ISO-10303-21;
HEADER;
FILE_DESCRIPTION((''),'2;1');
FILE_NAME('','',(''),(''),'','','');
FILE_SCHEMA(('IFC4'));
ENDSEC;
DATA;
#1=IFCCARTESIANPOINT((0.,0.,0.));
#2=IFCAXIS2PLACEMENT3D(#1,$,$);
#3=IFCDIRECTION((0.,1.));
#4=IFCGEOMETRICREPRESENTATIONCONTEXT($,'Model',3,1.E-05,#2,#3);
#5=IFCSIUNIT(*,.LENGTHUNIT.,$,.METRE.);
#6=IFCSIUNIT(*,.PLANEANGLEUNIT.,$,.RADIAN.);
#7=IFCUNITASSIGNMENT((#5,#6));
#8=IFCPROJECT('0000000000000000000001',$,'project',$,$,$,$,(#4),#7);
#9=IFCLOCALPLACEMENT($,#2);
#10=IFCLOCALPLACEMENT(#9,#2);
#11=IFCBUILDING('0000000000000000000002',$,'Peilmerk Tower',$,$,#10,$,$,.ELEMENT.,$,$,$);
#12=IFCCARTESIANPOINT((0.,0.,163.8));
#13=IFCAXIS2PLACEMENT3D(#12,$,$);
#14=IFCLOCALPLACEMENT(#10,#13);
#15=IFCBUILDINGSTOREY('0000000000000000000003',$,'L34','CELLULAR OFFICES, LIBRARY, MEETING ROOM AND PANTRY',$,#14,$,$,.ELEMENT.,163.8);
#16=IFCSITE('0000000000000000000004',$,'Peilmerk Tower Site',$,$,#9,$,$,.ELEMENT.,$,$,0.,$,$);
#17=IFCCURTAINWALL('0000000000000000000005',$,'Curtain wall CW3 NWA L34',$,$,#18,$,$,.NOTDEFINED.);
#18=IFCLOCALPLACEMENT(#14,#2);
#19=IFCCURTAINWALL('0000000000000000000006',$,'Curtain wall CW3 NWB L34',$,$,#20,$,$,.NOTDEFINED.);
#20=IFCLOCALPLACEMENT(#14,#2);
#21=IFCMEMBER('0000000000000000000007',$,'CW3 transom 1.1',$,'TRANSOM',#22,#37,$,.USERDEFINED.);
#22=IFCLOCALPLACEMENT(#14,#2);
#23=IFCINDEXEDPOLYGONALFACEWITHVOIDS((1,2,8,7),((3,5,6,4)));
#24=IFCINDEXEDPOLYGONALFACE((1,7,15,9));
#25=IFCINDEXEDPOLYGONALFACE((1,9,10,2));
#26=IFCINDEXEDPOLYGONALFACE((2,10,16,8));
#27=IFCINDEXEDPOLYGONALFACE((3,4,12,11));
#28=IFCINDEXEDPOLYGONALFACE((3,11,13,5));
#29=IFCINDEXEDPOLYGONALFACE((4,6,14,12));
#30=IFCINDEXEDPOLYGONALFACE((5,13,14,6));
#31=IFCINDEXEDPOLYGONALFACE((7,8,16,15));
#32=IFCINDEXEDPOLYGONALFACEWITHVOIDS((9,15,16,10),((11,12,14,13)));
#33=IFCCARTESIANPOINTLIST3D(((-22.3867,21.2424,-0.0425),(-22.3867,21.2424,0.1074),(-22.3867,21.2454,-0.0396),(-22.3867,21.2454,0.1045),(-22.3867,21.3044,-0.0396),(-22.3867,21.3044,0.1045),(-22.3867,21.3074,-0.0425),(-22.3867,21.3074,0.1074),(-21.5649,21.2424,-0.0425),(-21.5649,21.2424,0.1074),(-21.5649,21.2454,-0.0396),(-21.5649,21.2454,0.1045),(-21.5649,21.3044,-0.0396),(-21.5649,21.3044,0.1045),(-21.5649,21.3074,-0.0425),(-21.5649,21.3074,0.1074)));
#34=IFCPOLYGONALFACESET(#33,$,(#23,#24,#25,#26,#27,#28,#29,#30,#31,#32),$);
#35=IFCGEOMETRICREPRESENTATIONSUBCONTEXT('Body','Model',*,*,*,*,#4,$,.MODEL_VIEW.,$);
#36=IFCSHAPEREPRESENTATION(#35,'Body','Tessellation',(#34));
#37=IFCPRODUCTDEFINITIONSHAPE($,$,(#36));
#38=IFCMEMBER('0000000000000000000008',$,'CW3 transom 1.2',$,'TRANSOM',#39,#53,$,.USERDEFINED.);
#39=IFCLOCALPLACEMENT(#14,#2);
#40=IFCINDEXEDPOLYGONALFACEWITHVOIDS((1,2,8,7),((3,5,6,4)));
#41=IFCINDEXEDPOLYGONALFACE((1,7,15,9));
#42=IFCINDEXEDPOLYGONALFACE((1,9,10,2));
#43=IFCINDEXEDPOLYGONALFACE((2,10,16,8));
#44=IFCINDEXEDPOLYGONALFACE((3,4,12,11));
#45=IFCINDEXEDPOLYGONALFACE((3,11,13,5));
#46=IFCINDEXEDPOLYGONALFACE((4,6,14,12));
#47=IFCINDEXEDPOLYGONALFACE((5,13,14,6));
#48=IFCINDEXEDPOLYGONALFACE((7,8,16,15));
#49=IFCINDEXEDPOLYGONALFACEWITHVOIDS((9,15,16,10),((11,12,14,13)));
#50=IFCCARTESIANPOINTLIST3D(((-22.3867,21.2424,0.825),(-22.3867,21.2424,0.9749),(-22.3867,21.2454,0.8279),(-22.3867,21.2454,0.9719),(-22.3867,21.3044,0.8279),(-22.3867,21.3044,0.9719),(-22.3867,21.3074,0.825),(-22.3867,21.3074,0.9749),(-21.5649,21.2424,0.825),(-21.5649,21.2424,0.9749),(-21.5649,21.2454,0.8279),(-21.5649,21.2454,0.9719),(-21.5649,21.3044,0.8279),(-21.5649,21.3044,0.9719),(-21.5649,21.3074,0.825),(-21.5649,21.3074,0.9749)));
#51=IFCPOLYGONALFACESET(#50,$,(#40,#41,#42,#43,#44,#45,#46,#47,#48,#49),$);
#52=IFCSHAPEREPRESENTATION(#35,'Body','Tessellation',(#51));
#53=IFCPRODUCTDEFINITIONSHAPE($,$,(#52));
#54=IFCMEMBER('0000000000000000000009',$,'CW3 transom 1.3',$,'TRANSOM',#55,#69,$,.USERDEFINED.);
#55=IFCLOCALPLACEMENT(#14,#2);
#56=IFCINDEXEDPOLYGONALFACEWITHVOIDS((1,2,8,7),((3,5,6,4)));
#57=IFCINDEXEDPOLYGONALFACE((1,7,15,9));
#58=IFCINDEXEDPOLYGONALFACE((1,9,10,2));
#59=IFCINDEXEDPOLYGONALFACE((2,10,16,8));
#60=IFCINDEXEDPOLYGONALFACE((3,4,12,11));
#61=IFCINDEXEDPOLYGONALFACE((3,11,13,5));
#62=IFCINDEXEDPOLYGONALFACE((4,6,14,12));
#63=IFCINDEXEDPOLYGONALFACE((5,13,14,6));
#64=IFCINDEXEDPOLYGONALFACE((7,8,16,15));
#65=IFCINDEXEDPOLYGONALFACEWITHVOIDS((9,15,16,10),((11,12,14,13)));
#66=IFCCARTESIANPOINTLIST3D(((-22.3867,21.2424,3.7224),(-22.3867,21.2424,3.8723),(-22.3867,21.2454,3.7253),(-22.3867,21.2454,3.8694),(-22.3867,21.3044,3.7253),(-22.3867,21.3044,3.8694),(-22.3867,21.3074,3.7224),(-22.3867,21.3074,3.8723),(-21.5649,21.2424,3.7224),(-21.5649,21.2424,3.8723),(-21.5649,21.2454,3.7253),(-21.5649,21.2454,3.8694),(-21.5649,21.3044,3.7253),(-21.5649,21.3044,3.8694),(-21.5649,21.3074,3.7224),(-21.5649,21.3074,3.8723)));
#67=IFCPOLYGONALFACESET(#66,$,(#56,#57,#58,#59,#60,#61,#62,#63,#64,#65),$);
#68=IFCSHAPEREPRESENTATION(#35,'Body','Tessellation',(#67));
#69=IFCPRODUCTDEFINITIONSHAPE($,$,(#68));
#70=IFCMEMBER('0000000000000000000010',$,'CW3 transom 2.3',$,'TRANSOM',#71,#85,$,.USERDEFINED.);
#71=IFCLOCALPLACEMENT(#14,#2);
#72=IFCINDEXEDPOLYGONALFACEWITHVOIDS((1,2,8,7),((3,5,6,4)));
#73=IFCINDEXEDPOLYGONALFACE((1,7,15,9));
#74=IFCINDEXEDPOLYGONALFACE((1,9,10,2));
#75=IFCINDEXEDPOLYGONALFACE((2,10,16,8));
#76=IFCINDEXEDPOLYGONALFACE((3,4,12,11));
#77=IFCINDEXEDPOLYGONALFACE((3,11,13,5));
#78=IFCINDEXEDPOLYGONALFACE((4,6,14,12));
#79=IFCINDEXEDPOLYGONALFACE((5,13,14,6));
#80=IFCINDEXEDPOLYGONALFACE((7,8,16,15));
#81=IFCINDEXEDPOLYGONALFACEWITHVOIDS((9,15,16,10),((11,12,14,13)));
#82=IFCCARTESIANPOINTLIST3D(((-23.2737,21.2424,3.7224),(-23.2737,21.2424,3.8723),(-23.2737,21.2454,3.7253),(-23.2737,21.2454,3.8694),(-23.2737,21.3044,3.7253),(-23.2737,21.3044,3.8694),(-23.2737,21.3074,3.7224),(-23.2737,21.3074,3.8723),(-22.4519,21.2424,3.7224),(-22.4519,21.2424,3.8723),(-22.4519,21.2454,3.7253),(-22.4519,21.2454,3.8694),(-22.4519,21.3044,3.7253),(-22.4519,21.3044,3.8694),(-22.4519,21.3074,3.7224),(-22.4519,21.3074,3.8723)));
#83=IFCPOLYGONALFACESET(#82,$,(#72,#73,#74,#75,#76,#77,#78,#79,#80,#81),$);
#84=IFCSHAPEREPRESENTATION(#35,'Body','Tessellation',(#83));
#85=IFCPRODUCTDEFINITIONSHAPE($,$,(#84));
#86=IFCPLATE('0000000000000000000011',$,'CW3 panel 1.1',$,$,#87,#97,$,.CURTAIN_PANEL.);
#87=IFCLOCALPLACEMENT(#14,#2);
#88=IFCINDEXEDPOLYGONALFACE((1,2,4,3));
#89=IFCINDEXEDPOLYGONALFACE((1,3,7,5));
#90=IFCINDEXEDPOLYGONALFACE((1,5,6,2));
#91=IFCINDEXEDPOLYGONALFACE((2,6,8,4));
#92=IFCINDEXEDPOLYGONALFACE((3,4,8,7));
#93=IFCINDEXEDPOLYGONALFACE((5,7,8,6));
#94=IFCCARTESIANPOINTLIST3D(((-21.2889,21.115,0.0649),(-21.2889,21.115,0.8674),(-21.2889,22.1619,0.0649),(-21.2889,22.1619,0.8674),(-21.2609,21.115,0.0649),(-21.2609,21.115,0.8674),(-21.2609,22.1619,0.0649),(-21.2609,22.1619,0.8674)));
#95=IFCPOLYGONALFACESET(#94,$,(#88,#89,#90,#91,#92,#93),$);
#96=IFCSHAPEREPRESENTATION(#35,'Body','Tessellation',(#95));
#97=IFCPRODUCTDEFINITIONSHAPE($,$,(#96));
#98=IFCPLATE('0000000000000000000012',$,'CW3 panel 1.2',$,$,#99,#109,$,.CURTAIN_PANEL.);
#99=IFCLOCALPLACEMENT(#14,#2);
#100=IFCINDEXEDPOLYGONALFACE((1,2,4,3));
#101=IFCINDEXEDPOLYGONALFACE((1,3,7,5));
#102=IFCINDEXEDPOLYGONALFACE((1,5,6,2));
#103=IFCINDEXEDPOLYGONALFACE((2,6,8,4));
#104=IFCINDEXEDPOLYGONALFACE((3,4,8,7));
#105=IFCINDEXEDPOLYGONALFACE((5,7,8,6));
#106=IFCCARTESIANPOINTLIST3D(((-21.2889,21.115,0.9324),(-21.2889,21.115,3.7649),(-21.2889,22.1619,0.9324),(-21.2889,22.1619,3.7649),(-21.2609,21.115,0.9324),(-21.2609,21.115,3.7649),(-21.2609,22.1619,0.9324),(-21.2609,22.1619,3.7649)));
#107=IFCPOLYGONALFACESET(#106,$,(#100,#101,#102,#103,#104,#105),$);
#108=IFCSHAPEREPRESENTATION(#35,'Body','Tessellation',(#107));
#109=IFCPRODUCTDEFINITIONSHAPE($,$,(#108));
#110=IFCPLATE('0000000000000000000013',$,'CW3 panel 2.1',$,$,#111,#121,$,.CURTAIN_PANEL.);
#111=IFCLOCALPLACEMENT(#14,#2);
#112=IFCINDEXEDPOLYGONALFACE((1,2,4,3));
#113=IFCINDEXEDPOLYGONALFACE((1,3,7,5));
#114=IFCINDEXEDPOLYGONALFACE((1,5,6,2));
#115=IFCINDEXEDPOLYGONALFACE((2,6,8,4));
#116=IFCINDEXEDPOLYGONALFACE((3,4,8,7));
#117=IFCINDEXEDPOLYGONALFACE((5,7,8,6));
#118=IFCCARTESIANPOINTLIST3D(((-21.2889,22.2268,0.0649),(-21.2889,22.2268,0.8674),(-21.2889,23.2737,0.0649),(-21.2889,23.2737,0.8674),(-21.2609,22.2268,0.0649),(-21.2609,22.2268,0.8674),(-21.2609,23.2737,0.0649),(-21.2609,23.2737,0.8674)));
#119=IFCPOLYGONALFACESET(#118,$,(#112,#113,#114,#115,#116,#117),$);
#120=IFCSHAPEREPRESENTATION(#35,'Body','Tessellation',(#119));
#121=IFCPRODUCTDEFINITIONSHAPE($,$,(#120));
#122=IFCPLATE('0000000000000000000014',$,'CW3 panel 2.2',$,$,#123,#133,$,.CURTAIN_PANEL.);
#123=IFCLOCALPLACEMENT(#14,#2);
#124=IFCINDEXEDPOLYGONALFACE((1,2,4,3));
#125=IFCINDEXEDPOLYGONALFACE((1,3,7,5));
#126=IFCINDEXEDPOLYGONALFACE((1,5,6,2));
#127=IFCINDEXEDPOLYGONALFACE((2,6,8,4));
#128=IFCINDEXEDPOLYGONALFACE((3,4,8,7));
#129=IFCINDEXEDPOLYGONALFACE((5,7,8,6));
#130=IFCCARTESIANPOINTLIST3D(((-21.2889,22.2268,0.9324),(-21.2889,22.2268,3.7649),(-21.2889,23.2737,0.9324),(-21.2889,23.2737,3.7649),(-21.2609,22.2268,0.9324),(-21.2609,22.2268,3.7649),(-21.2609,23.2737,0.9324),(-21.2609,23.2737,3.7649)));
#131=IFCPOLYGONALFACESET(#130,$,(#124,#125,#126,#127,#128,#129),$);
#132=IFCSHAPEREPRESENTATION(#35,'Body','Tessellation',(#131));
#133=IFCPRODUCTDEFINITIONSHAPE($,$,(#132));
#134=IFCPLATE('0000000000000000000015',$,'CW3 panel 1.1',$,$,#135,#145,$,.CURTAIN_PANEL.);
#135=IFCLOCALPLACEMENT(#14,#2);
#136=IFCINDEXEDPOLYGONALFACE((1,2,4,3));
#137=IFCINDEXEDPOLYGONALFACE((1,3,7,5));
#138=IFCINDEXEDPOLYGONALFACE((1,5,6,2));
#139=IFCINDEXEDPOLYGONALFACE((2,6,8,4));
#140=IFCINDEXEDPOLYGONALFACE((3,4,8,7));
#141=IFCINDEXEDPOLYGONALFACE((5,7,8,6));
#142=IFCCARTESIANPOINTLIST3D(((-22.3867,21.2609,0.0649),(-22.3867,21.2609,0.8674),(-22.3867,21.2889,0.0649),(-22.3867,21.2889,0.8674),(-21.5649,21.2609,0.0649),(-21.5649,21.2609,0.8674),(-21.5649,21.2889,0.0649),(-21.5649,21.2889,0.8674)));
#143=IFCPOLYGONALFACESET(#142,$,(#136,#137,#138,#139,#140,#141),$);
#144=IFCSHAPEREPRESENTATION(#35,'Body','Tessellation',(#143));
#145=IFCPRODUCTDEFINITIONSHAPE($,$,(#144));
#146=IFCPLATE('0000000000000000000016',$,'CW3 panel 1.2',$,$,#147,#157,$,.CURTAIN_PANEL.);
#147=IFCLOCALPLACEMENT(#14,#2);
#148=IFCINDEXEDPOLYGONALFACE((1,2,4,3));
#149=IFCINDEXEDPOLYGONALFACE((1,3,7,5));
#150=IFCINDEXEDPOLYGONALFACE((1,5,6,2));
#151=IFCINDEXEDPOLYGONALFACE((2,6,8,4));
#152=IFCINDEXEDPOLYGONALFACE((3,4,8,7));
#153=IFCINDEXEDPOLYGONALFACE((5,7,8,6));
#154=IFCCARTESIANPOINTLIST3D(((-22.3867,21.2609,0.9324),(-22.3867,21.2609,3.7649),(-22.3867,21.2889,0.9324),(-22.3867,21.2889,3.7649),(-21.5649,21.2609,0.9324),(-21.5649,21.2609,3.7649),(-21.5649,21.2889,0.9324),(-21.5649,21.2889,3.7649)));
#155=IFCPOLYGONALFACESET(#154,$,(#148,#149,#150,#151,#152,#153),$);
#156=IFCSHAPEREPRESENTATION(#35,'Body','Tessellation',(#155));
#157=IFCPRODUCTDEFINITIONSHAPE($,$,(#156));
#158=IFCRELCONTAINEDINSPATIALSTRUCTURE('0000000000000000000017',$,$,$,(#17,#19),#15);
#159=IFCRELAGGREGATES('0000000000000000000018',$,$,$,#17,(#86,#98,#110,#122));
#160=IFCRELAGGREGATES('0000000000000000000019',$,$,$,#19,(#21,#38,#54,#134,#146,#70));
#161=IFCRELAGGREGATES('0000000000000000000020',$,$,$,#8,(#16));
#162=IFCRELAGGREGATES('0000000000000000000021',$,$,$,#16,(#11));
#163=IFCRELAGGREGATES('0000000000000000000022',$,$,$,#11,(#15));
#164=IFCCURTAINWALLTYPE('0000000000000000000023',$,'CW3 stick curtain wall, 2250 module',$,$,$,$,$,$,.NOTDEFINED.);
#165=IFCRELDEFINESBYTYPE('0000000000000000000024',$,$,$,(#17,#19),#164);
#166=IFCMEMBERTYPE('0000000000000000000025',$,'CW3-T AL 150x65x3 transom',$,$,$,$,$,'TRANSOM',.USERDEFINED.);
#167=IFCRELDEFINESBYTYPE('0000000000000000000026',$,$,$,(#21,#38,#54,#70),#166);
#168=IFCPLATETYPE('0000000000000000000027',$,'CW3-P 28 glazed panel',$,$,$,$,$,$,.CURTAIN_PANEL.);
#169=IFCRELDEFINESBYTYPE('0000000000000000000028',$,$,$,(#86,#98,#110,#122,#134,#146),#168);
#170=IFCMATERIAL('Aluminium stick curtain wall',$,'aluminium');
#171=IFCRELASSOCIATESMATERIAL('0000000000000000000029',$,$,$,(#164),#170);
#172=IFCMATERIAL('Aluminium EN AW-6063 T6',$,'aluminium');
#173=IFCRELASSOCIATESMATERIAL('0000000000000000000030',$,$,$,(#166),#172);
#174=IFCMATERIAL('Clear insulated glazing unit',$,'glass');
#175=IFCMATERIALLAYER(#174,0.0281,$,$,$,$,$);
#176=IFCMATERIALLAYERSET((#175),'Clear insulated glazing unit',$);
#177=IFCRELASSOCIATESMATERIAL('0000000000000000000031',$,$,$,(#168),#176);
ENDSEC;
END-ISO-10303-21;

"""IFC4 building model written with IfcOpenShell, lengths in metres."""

from ifc_helpers import new_model, si_unit, direction, frame, origin, origin_2d, place, context, subcontext, project, spatial, rectangle, hollow_rectangle, extrude, material, layer, layer_set, material_profile, profile_set, type_object, element, aggregate, save


model = new_model("IFC4")

# Units and contexts
model_context = context("Model", 3, precision=1e-05, world=origin(), true_north=direction((0.0, 1.0)))
body_context = subcontext(model_context, "Body", "Model", "MODEL_VIEW")
ifc_project = project(units=[si_unit("LENGTHUNIT", "METRE"), si_unit("PLANEANGLEUNIT", "RADIAN")], contexts=[model_context])

# Site, building, storey
site_placement = place(None, origin())
site = spatial("IfcSite", under=ifc_project, at=site_placement, Name="Peilmerk Tower Site", CompositionType="ELEMENT", RefElevation=0.0)
building_placement = place(site_placement, origin())
building = spatial("IfcBuilding", under=site, at=building_placement, Name="Peilmerk Tower", CompositionType="ELEMENT")
storey_placement = place(building_placement, frame((0.0, 0.0, 163.8)))
storey = spatial("IfcBuildingStorey", under=building, at=storey_placement, Name="L34", Description="CELLULAR OFFICES, LIBRARY, MEETING ROOM AND PANTRY", CompositionType="ELEMENT", Elevation=163.8)

# Curtain walls
ifc_material_1 = material(Name="Aluminium stick curtain wall", Category="aluminium")
curtain_wall_type = type_object("IfcCurtainWallType", Name="CW3 stick curtain wall, 2250 module", PredefinedType="NOTDEFINED", material=ifc_material_1)
curtain_wall_1_placement = place(storey_placement, origin())
curtain_wall_1 = element("IfcCurtainWall", 1, at=curtain_wall_1_placement, inside=storey, type_object=curtain_wall_type, Name="Curtain wall CW3 NWA L34", PredefinedType="NOTDEFINED")
ifc_material_2 = material(Name="Aluminium EN AW-6063 T6", Category="aluminium")
curtain_wall_2_placement = place(storey_placement, origin())
curtain_wall_2 = element("IfcCurtainWall", 2, at=curtain_wall_2_placement, inside=storey, type_object=curtain_wall_type, Name="Curtain wall CW3 NWB L34", PredefinedType="NOTDEFINED")

# Members
ifc_material_profile_1 = material_profile(ifc_material_2, hollow_rectangle(XDim=0.0649, YDim=0.1499, WallThickness=0.0029, at=origin_2d()), Name="AL 150x65x3")
ifc_profile_set_1 = profile_set([ifc_material_profile_1], Name="Aluminium EN AW-6063 T6")
member_type_1 = type_object("IfcMemberType", Name="CW3-T AL 150x65x3 transom", ElementType="TRANSOM", PredefinedType="USERDEFINED", material=ifc_profile_set_1)
member_1_placement = place(storey_placement, frame((-21.5649, 21.2749, 0.0325), z_axis=(-1.0, 0.0, 0.0), x_axis=(0.0, -1.0, 0.0)))
member_1 = element("IfcMember", 3, at=member_1_placement, type_object=member_type_1, Name="CW3 transom 1.1", ObjectType="TRANSOM", PredefinedType="USERDEFINED", context=body_context, shape_type="SweptSolid", body=[
    extrude(hollow_rectangle(XDim=0.0649, YDim=0.1499, WallThickness=0.0029, at=origin_2d()), origin(), (0.0, 0.0, 1.0), 0.8218),
])
member_2_placement = place(storey_placement, frame((-21.5649, 21.2749, 0.8999), z_axis=(-1.0, 0.0, 0.0), x_axis=(0.0, -1.0, 0.0)))
member_2 = element("IfcMember", 4, at=member_2_placement, type_object=member_type_1, Name="CW3 transom 1.2", ObjectType="TRANSOM", PredefinedType="USERDEFINED", context=body_context, shape_type="SweptSolid", body=[
    extrude(hollow_rectangle(XDim=0.0649, YDim=0.1499, WallThickness=0.0029, at=origin_2d()), origin(), (0.0, 0.0, 1.0), 0.8218),
])
member_3_placement = place(storey_placement, frame((-21.5649, 21.2749, 3.7974), z_axis=(-1.0, 0.0, 0.0), x_axis=(0.0, -1.0, 0.0)))
member_3 = element("IfcMember", 5, at=member_3_placement, type_object=member_type_1, Name="CW3 transom 1.3", ObjectType="TRANSOM", PredefinedType="USERDEFINED", context=body_context, shape_type="SweptSolid", body=[
    extrude(hollow_rectangle(XDim=0.0649, YDim=0.1499, WallThickness=0.0029, at=origin_2d()), origin(), (0.0, 0.0, 1.0), 0.8218),
])
member_4_placement = place(storey_placement, frame((-22.4519, 21.2749, 3.7974), z_axis=(-1.0, 0.0, 0.0), x_axis=(0.0, -1.0, 0.0)))
member_4 = element("IfcMember", 6, at=member_4_placement, type_object=member_type_1, Name="CW3 transom 2.3", ObjectType="TRANSOM", PredefinedType="USERDEFINED", context=body_context, shape_type="SweptSolid", body=[
    extrude(hollow_rectangle(XDim=0.0649, YDim=0.1499, WallThickness=0.0029, at=origin_2d()), origin(), (0.0, 0.0, 1.0), 0.8218),
])

# Plates
ifc_material_3 = material(Name="Clear insulated glazing unit", Category="glass")
ifc_layer_1 = layer(ifc_material_3, 0.0281)
ifc_layer_set_1 = layer_set([ifc_layer_1], Name="Clear insulated glazing unit")
plate_type = type_object("IfcPlateType", Name="CW3-P 28 glazed panel", PredefinedType="CURTAIN_PANEL", material=ifc_layer_set_1)
plate_1_placement = place(storey_placement, frame((-21.2749, 21.6384, 0.0649), z_axis=(0.0, 0.0, 1.0), x_axis=(0.0, 1.0, 0.0)))
plate_1 = element("IfcPlate", 7, at=plate_1_placement, type_object=plate_type, Name="CW3 panel 1.1", PredefinedType="CURTAIN_PANEL", context=body_context, shape_type="SweptSolid", body=[
    extrude(rectangle(XDim=1.0469, YDim=0.0281, at=origin_2d()), origin(), (0.0, 0.0, 1.0), 0.8025),
])
plate_2_placement = place(storey_placement, frame((-21.2749, 21.6384, 0.9324), z_axis=(0.0, 0.0, 1.0), x_axis=(0.0, 1.0, 0.0)))
plate_2 = element("IfcPlate", 8, at=plate_2_placement, type_object=plate_type, Name="CW3 panel 1.2", PredefinedType="CURTAIN_PANEL", context=body_context, shape_type="SweptSolid", body=[
    extrude(rectangle(XDim=1.0469, YDim=0.0281, at=origin_2d()), origin(), (0.0, 0.0, 1.0), 2.8325),
])
plate_3_placement = place(storey_placement, frame((-21.2749, 22.7502, 0.0649), z_axis=(0.0, 0.0, 1.0), x_axis=(0.0, 1.0, 0.0)))
plate_3 = element("IfcPlate", 9, at=plate_3_placement, type_object=plate_type, Name="CW3 panel 2.1", PredefinedType="CURTAIN_PANEL", context=body_context, shape_type="SweptSolid", body=[
    extrude(rectangle(XDim=1.0469, YDim=0.0281, at=origin_2d()), origin(), (0.0, 0.0, 1.0), 0.8025),
])
plate_4_placement = place(storey_placement, frame((-21.2749, 22.7502, 0.9324), z_axis=(0.0, 0.0, 1.0), x_axis=(0.0, 1.0, 0.0)))
plate_4 = element("IfcPlate", 10, at=plate_4_placement, type_object=plate_type, Name="CW3 panel 2.2", PredefinedType="CURTAIN_PANEL", context=body_context, shape_type="SweptSolid", body=[
    extrude(rectangle(XDim=1.0469, YDim=0.0281, at=origin_2d()), origin(), (0.0, 0.0, 1.0), 2.8325),
])
aggregate(curtain_wall_1, [plate_1, plate_2, plate_3, plate_4])
plate_5_placement = place(storey_placement, frame((-21.9758, 21.2749, 0.0649), z_axis=(0.0, 0.0, 1.0), x_axis=(-1.0, 0.0, 0.0)))
plate_5 = element("IfcPlate", 11, at=plate_5_placement, type_object=plate_type, Name="CW3 panel 1.1", PredefinedType="CURTAIN_PANEL", context=body_context, shape_type="SweptSolid", body=[
    extrude(rectangle(XDim=0.8218, YDim=0.0281, at=origin_2d()), origin(), (0.0, 0.0, 1.0), 0.8025),
])
plate_6_placement = place(storey_placement, frame((-21.9758, 21.2749, 0.9324), z_axis=(0.0, 0.0, 1.0), x_axis=(-1.0, 0.0, 0.0)))
plate_6 = element("IfcPlate", 12, at=plate_6_placement, type_object=plate_type, Name="CW3 panel 1.2", PredefinedType="CURTAIN_PANEL", context=body_context, shape_type="SweptSolid", body=[
    extrude(rectangle(XDim=0.8218, YDim=0.0281, at=origin_2d()), origin(), (0.0, 0.0, 1.0), 2.8325),
])
aggregate(curtain_wall_2, [member_1, member_2, member_3, plate_5, plate_6, member_4])

save(model, "model.ifc")
